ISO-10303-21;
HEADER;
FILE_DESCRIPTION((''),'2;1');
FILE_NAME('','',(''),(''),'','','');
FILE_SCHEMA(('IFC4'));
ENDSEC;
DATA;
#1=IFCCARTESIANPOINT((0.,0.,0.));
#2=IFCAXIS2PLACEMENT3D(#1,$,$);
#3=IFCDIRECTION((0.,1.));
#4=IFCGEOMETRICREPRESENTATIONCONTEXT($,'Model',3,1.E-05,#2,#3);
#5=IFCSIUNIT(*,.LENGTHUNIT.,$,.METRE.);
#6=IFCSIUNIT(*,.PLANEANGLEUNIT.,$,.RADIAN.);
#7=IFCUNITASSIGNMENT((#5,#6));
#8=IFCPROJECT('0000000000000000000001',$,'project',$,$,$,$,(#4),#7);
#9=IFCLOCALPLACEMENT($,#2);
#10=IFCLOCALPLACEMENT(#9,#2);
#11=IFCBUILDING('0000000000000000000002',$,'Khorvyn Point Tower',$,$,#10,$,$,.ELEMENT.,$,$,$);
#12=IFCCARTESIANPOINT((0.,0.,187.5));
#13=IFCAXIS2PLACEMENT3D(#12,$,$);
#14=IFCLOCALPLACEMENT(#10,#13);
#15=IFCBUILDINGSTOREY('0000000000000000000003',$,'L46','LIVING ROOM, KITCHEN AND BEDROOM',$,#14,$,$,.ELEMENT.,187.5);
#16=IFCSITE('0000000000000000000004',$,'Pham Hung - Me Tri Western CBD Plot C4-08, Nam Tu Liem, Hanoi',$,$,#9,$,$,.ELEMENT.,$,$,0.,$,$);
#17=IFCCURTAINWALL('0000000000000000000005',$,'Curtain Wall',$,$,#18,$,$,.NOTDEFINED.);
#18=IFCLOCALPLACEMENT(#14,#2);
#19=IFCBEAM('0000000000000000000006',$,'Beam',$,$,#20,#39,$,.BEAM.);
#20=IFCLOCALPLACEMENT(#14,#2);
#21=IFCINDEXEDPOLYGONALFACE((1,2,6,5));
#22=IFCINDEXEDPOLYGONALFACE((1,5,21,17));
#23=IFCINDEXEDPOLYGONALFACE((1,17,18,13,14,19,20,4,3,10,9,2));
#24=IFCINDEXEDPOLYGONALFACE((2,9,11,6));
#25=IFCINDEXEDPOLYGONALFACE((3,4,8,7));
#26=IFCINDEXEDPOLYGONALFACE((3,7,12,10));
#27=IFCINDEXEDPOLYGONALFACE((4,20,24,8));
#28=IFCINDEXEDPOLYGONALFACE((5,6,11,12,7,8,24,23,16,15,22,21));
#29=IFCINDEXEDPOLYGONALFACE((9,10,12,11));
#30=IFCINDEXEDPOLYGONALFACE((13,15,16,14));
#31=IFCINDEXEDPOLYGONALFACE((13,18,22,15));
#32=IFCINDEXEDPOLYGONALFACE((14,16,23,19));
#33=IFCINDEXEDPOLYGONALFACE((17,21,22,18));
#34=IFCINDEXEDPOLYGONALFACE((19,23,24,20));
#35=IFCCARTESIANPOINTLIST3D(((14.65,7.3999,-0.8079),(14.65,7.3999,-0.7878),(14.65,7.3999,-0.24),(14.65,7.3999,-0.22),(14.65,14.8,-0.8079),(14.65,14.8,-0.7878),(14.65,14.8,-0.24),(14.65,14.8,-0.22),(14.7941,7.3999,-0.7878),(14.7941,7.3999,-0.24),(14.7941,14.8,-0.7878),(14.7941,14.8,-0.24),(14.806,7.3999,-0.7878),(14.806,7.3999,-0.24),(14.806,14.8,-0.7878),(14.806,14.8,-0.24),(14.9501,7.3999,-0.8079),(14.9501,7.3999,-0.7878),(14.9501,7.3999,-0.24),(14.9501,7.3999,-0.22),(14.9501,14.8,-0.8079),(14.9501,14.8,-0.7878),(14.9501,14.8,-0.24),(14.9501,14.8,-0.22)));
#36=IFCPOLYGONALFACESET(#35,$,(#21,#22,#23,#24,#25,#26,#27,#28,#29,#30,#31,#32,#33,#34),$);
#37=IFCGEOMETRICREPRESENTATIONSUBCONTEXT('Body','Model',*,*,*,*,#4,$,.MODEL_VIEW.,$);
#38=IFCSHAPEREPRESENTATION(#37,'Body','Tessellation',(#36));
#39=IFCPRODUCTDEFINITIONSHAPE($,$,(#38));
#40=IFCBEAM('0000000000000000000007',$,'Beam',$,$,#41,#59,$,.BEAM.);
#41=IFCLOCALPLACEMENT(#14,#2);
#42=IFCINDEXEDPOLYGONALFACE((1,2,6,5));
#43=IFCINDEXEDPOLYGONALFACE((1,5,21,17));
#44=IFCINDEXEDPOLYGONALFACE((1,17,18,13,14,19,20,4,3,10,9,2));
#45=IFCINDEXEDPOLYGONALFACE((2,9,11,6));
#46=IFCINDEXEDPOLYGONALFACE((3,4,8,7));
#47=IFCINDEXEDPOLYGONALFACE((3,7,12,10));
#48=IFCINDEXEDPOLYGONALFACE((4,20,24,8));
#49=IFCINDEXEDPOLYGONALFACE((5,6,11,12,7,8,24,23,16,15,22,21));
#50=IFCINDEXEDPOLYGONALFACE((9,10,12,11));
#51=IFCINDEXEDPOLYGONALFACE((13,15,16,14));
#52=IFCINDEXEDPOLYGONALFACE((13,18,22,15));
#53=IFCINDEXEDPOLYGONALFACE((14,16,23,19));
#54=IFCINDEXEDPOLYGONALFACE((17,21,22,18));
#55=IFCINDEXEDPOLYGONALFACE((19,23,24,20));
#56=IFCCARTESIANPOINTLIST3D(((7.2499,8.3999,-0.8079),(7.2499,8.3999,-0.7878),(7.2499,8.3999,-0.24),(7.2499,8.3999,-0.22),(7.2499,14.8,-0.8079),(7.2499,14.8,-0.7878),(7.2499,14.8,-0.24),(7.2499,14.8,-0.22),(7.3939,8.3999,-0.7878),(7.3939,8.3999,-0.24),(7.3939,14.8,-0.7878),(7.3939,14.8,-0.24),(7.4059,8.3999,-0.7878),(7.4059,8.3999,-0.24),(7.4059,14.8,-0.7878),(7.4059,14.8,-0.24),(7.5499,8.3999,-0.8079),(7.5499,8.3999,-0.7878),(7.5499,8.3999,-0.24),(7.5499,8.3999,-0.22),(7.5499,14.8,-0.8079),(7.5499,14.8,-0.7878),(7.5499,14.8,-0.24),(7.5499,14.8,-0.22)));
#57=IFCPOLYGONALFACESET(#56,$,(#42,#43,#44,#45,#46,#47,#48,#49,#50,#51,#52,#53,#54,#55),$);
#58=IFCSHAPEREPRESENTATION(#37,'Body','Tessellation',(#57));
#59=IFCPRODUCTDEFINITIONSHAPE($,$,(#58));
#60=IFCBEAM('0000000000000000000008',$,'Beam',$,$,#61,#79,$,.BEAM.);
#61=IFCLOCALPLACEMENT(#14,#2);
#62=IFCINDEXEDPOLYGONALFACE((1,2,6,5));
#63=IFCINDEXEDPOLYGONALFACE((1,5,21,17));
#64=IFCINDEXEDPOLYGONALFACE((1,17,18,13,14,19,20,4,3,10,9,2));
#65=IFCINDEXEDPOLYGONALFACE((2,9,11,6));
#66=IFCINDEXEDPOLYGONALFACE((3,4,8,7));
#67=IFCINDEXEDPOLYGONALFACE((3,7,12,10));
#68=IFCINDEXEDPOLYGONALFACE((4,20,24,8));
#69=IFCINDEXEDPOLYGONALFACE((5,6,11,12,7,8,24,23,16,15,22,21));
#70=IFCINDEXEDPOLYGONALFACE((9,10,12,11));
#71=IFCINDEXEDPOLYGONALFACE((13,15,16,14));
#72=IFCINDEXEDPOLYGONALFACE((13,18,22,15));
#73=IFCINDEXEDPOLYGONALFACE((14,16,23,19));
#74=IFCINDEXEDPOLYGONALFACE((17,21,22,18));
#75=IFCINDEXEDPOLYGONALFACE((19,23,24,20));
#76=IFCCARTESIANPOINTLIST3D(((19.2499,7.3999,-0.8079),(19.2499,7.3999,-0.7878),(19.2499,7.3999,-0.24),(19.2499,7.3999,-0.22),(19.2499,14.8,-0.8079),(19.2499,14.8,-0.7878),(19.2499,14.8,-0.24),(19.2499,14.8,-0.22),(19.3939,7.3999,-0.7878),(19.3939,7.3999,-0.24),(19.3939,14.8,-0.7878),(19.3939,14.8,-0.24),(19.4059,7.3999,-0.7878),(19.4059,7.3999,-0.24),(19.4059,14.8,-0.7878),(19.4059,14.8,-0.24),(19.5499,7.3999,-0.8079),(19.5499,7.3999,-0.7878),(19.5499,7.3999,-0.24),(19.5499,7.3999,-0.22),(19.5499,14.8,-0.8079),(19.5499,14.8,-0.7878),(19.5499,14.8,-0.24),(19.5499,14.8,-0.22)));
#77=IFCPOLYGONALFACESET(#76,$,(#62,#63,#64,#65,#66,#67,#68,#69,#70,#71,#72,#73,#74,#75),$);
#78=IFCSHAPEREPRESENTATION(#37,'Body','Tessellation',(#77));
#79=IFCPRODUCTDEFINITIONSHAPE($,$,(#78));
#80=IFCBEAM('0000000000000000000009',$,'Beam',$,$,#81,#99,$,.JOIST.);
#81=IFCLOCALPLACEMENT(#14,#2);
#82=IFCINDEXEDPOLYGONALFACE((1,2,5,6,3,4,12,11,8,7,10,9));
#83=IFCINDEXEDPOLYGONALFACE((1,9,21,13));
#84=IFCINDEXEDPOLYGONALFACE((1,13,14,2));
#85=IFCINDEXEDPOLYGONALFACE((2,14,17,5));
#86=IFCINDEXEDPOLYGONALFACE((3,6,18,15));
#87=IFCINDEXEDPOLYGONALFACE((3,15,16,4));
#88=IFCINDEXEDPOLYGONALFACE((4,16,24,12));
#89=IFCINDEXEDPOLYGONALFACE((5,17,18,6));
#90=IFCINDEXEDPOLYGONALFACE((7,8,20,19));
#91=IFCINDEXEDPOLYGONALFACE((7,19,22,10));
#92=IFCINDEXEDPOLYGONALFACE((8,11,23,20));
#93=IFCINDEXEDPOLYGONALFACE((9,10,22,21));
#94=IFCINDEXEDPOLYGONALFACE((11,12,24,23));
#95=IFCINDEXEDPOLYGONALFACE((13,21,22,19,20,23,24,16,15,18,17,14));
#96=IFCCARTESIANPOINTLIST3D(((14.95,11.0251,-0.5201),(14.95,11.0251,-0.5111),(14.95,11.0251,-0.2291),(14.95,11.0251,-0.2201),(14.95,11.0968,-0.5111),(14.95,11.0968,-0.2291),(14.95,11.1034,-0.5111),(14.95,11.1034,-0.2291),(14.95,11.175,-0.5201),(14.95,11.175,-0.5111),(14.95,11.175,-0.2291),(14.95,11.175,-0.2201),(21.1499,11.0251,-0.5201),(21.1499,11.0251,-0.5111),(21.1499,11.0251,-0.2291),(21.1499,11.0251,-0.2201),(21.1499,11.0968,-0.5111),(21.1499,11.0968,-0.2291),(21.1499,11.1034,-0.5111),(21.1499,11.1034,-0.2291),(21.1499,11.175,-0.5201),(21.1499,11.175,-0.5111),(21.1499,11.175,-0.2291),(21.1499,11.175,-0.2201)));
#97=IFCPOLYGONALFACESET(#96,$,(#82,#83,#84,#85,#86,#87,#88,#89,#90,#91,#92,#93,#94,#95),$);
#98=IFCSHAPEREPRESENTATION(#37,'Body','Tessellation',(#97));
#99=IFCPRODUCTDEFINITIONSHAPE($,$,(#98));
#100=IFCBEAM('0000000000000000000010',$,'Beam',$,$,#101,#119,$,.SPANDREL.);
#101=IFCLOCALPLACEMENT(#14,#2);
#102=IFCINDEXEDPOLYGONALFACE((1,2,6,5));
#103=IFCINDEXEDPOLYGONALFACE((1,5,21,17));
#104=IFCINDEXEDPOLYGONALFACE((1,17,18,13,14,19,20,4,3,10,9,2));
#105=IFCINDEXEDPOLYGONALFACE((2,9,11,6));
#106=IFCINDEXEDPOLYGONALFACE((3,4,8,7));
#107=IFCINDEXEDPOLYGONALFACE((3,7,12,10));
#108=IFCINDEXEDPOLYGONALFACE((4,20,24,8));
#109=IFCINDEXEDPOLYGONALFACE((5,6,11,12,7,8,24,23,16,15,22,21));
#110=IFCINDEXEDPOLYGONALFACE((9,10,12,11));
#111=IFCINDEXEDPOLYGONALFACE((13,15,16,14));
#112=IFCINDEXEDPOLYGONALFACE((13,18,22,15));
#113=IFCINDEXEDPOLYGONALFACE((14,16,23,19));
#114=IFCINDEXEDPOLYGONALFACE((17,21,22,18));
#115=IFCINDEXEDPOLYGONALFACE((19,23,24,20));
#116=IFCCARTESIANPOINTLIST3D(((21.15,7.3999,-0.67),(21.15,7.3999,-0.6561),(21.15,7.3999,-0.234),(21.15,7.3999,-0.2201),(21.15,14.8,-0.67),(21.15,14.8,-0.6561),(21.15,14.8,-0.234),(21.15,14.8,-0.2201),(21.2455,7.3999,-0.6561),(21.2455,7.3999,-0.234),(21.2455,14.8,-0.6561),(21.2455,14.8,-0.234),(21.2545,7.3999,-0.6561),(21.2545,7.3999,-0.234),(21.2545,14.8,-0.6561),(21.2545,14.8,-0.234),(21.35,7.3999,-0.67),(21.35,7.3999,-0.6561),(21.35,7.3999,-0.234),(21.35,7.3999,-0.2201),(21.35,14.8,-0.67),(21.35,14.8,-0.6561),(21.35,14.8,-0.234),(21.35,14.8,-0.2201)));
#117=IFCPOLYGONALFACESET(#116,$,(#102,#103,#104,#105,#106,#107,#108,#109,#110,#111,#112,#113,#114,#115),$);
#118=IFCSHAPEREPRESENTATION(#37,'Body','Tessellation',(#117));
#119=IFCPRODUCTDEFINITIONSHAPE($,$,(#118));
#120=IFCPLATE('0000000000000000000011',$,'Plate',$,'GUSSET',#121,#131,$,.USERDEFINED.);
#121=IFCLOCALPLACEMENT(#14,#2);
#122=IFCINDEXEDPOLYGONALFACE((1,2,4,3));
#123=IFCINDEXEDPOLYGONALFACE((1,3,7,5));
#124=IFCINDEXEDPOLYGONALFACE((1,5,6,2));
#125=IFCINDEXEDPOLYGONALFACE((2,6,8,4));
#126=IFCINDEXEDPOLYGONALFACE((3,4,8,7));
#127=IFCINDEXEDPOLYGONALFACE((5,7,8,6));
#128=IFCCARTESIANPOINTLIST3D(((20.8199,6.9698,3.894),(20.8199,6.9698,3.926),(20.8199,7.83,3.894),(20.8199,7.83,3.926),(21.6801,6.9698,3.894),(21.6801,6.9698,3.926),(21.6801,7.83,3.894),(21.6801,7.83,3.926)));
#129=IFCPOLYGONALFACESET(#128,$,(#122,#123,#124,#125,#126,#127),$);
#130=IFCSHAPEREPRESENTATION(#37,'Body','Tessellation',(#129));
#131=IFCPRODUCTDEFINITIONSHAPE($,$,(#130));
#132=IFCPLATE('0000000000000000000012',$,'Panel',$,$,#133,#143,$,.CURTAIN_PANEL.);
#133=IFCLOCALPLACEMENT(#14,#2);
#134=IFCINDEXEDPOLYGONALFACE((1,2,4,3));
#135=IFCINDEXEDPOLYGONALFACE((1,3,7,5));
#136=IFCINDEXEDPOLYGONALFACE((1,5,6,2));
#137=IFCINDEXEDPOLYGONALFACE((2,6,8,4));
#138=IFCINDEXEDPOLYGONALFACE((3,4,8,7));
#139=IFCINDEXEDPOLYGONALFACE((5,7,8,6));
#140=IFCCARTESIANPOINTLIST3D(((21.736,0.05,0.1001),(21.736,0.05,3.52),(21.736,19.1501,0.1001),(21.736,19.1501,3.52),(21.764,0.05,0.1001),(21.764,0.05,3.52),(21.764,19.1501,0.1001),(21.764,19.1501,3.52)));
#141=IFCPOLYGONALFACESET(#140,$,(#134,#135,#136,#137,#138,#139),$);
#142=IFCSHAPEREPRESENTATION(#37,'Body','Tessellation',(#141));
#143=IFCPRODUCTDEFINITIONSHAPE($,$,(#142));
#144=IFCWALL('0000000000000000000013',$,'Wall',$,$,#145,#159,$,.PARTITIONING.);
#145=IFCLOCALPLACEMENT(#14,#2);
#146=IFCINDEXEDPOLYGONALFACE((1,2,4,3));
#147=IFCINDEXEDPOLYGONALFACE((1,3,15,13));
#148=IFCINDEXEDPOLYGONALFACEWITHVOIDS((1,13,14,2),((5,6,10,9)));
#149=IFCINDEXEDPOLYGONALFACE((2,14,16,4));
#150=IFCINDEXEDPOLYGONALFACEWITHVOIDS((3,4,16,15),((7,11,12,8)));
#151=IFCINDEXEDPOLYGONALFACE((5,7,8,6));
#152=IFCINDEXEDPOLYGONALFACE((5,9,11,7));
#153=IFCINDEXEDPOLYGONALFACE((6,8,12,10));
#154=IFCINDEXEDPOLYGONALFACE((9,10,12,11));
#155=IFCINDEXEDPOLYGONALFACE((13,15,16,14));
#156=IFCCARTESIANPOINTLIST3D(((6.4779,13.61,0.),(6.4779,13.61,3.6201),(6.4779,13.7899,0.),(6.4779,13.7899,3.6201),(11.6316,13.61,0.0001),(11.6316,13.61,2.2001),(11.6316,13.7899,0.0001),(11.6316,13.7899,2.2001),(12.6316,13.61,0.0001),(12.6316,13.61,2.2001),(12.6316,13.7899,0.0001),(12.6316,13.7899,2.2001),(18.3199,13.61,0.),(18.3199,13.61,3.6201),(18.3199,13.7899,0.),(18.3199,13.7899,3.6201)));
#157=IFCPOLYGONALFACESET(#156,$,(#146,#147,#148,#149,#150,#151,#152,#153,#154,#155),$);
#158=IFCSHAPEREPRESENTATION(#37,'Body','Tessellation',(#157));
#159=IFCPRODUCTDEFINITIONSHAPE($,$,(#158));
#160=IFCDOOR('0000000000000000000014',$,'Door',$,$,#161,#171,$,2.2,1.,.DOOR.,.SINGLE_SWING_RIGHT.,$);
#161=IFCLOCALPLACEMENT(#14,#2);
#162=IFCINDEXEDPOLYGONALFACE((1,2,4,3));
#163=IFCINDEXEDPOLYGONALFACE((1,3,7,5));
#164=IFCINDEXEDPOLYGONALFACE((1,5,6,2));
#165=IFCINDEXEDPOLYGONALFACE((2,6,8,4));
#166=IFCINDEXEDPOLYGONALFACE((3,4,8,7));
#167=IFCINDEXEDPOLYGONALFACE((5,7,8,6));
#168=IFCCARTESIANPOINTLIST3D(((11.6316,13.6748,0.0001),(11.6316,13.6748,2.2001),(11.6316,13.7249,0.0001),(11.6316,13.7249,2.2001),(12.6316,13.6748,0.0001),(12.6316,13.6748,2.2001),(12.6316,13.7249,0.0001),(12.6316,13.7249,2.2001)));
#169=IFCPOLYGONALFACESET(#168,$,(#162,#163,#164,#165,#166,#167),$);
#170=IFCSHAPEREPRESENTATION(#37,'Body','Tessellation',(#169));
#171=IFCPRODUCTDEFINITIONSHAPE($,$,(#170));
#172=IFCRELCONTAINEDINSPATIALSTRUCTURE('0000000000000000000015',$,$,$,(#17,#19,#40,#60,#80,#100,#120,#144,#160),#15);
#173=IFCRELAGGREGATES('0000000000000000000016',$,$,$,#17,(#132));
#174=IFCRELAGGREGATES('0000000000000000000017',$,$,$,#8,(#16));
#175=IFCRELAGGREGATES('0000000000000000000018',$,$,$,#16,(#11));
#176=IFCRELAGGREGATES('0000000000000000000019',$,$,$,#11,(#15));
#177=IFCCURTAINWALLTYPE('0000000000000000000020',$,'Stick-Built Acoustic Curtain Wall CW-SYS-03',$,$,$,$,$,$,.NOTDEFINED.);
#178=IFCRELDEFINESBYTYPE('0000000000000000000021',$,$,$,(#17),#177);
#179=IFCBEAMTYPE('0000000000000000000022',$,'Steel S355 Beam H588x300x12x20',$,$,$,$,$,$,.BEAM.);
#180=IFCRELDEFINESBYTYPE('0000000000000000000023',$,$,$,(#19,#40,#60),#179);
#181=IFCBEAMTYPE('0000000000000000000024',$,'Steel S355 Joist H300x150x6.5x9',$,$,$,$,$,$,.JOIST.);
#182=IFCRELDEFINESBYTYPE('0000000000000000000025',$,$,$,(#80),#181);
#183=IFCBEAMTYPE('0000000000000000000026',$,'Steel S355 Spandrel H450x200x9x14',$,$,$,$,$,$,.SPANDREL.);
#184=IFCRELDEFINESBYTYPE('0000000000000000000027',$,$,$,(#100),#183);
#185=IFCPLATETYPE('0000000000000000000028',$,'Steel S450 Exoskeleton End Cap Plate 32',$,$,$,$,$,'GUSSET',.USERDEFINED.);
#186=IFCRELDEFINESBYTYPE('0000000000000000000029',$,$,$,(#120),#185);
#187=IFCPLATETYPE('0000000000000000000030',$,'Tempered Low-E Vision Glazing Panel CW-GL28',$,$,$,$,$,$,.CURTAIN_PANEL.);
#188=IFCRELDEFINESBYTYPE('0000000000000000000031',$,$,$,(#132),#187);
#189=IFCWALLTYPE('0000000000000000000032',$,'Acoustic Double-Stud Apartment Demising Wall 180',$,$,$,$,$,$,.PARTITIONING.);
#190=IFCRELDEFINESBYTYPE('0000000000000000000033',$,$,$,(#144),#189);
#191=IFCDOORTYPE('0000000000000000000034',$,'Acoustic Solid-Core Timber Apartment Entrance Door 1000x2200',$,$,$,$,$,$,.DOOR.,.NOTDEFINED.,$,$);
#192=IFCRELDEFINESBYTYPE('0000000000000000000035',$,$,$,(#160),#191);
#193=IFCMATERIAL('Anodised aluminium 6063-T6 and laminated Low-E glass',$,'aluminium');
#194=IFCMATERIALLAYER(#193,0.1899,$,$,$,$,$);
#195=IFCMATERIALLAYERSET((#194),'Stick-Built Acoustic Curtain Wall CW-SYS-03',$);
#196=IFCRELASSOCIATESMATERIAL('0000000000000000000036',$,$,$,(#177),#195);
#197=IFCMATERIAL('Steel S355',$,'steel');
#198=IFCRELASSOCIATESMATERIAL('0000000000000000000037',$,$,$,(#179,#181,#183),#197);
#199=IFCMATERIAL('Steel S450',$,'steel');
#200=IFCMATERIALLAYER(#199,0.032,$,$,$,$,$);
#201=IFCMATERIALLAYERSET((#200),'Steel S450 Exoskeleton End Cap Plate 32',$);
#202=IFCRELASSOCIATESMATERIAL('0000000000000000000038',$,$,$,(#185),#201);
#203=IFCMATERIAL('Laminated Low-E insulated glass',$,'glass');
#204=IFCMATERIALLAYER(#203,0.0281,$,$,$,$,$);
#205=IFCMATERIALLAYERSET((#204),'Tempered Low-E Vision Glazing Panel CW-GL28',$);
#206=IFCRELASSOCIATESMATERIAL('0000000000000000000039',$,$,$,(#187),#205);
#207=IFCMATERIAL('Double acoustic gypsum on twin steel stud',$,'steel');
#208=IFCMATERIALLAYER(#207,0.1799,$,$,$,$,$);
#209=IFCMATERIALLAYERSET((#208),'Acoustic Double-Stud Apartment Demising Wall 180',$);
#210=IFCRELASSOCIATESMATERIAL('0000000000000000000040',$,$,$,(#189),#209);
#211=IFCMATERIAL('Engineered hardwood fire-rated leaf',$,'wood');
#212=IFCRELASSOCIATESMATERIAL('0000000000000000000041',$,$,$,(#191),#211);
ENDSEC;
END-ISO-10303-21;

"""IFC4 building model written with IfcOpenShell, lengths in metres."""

from ifc_helpers import new_model, si_unit, direction, frame, frame_2d, origin, origin_2d, place, context, subcontext, project, spatial, rectangle, i_section, extrude, material, layer, layer_set, material_profile, profile_set, type_object, element, fill, aggregate, save


model = new_model("IFC4")

# Units and contexts
model_context = context("Model", 3, precision=1e-05, world=origin(), true_north=direction((0.0, 1.0)))
body_context = subcontext(model_context, "Body", "Model", "MODEL_VIEW")
ifc_project = project(units=[si_unit("LENGTHUNIT", "METRE"), si_unit("PLANEANGLEUNIT", "RADIAN")], contexts=[model_context])

# Site, building, storey
site_placement = place(None, origin())
site = spatial("IfcSite", under=ifc_project, at=site_placement, Name="Pham Hung - Me Tri Western CBD Plot C4-08, Nam Tu Liem, Hanoi", CompositionType="ELEMENT", RefElevation=0.0)
building_placement = place(site_placement, origin())
building = spatial("IfcBuilding", under=site, at=building_placement, Name="Khorvyn Point Tower", CompositionType="ELEMENT")
storey_placement = place(building_placement, frame((0.0, 0.0, 187.5)))
storey = spatial("IfcBuildingStorey", under=building, at=storey_placement, Name="L46", Description="LIVING ROOM, KITCHEN AND BEDROOM", CompositionType="ELEMENT", Elevation=187.5)

# Shared definitions
ifc_material_1 = material(Name="Steel S450", Category="steel")

# Curtain wall
ifc_material_2 = material(Name="Anodised aluminium 6063-T6 and laminated Low-E glass", Category="aluminium")
ifc_layer_1 = layer(ifc_material_2, 0.1899)
ifc_layer_set_1 = layer_set([ifc_layer_1], Name="Stick-Built Acoustic Curtain Wall CW-SYS-03")
curtain_wall_type = type_object("IfcCurtainWallType", Name="Stick-Built Acoustic Curtain Wall CW-SYS-03", PredefinedType="NOTDEFINED", material=ifc_layer_set_1)
curtain_wall_placement = place(storey_placement, origin())
curtain_wall = element("IfcCurtainWall", 1, at=curtain_wall_placement, inside=storey, type_object=curtain_wall_type, Name="Curtain Wall", PredefinedType="NOTDEFINED")

# Beams
ifc_material_3 = material(Name="Steel S355", Category="steel")
ifc_material_profile_1 = material_profile(ifc_material_3, i_section(OverallWidth=0.3, OverallDepth=0.5879, WebThickness=0.012, FlangeThickness=0.02, at=origin_2d()))
ifc_profile_set_1 = profile_set([ifc_material_profile_1], Name="Steel S355 H588x300x12x20")
beam_type_1 = type_object("IfcBeamType", Name="Steel S355 Beam H588x300x12x20", PredefinedType="BEAM", material=ifc_profile_set_1)
beam_1_placement = place(storey_placement, frame((14.8, 7.3999, -0.5139), z_axis=(0.0, 1.0, 0.0), x_axis=(-1.0, 0.0, 0.0)))
element("IfcBeam", 2, at=beam_1_placement, inside=storey, type_object=beam_type_1, Name="Beam", PredefinedType="BEAM", context=body_context, shape_type="SweptSolid", body=[
    extrude(i_section(OverallWidth=0.3, OverallDepth=0.5879, WebThickness=0.012, FlangeThickness=0.02, at=origin_2d()), origin(), (0.0, 0.0, 1.0), 7.4001),
])
beam_2_placement = place(storey_placement, frame((7.3999, 8.3999, -0.5139), z_axis=(0.0, 1.0, 0.0), x_axis=(-1.0, 0.0, 0.0)))
element("IfcBeam", 3, at=beam_2_placement, inside=storey, type_object=beam_type_1, Name="Beam", PredefinedType="BEAM", context=body_context, shape_type="SweptSolid", body=[
    extrude(i_section(OverallWidth=0.3, OverallDepth=0.5879, WebThickness=0.012, FlangeThickness=0.02, at=origin_2d()), origin(), (0.0, 0.0, 1.0), 6.4001),
])
beam_3_placement = place(storey_placement, frame((19.3999, 7.3999, -0.5139), z_axis=(0.0, 1.0, 0.0), x_axis=(-1.0, 0.0, 0.0)))
element("IfcBeam", 4, at=beam_3_placement, inside=storey, type_object=beam_type_1, Name="Beam", PredefinedType="BEAM", context=body_context, shape_type="SweptSolid", body=[
    extrude(i_section(OverallWidth=0.3, OverallDepth=0.5879, WebThickness=0.012, FlangeThickness=0.02, at=origin_2d()), origin(), (0.0, 0.0, 1.0), 7.4001),
])
ifc_material_profile_2 = material_profile(ifc_material_3, i_section(OverallWidth=0.1499, OverallDepth=0.3, WebThickness=0.0066, FlangeThickness=0.009, at=origin_2d()))
ifc_profile_set_2 = profile_set([ifc_material_profile_2], Name="Steel S355 H300x150x6.5x9")
beam_type_2 = type_object("IfcBeamType", Name="Steel S355 Joist H300x150x6.5x9", PredefinedType="JOIST", material=ifc_profile_set_2)
beam_4_placement = place(storey_placement, frame((14.95, 11.1001, -0.3701), z_axis=(1.0, 0.0, 0.0), x_axis=(0.0, 1.0, 0.0)))
element("IfcBeam", 5, at=beam_4_placement, inside=storey, type_object=beam_type_2, Name="Beam", PredefinedType="JOIST", context=body_context, shape_type="SweptSolid", body=[
    extrude(i_section(OverallWidth=0.1499, OverallDepth=0.3, WebThickness=0.0066, FlangeThickness=0.009, at=origin_2d()), origin(), (0.0, 0.0, 1.0), 6.2),
])
ifc_material_profile_3 = material_profile(ifc_material_3, i_section(OverallWidth=0.2, OverallDepth=0.45, WebThickness=0.009, FlangeThickness=0.0139, at=origin_2d()))
ifc_profile_set_3 = profile_set([ifc_material_profile_3], Name="Steel S355 H450x200x9x14")
beam_type_3 = type_object("IfcBeamType", Name="Steel S355 Spandrel H450x200x9x14", PredefinedType="SPANDREL", material=ifc_profile_set_3)
beam_5_placement = place(storey_placement, frame((21.25, 7.3999, -0.4451), z_axis=(0.0, 1.0, 0.0), x_axis=(-1.0, 0.0, 0.0)))
element("IfcBeam", 6, at=beam_5_placement, inside=storey, type_object=beam_type_3, Name="Beam", PredefinedType="SPANDREL", context=body_context, shape_type="SweptSolid", body=[
    extrude(i_section(OverallWidth=0.2, OverallDepth=0.45, WebThickness=0.009, FlangeThickness=0.0139, at=origin_2d()), origin(), (0.0, 0.0, 1.0), 7.4001),
])

# Plates
ifc_layer_2 = layer(ifc_material_1, 0.032)
ifc_layer_set_2 = layer_set([ifc_layer_2], Name="Steel S450 Exoskeleton End Cap Plate 32")
plate_type_1 = type_object("IfcPlateType", Name="Steel S450 Exoskeleton End Cap Plate 32", ElementType="GUSSET", PredefinedType="USERDEFINED", material=ifc_layer_set_2)
plate_1_placement = place(storey_placement, frame((21.25, 7.3999, 3.894), z_axis=(0.0, 0.0, 1.0), x_axis=(1.0, 0.0, 0.0)))
element("IfcPlate", 7, at=plate_1_placement, inside=storey, type_object=plate_type_1, Name="Plate", ObjectType="GUSSET", PredefinedType="USERDEFINED", context=body_context, shape_type="SweptSolid", body=[
    extrude(rectangle(XDim=0.8601, YDim=0.8601, at=origin_2d()), origin(), (0.0, 0.0, 1.0), 0.032),
])
ifc_material_4 = material(Name="Laminated Low-E insulated glass", Category="glass")
ifc_layer_3 = layer(ifc_material_4, 0.0281)
ifc_layer_set_3 = layer_set([ifc_layer_3], Name="Tempered Low-E Vision Glazing Panel CW-GL28")
plate_type_2 = type_object("IfcPlateType", Name="Tempered Low-E Vision Glazing Panel CW-GL28", PredefinedType="CURTAIN_PANEL", material=ifc_layer_set_3)
plate_2_placement = place(storey_placement, frame((21.75, 9.6001, 0.1001), z_axis=(0.0, 0.0, 1.0), x_axis=(0.0, -1.0, 0.0)))
plate_2 = element("IfcPlate", 8, at=plate_2_placement, type_object=plate_type_2, Name="Panel", PredefinedType="CURTAIN_PANEL", context=body_context, shape_type="SweptSolid", body=[
    extrude(rectangle(XDim=19.1001, YDim=0.0281, at=origin_2d()), origin(), (0.0, 0.0, 1.0), 3.4199),
])
aggregate(curtain_wall, [plate_2])

# Wall, opening, door
ifc_material_5 = material(Name="Double acoustic gypsum on twin steel stud", Category="steel")
ifc_layer_4 = layer(ifc_material_5, 0.1799)
ifc_layer_set_4 = layer_set([ifc_layer_4], Name="Acoustic Double-Stud Apartment Demising Wall 180")
wall_type_1 = type_object("IfcWallType", Name="Acoustic Double-Stud Apartment Demising Wall 180", PredefinedType="PARTITIONING", material=ifc_layer_set_4)
wall_1_placement = place(storey_placement, frame((6.478, 13.7, 0.0), z_axis=(0.0, 0.0, 1.0), x_axis=(1.0, 0.0, 0.0)))
wall_1 = element("IfcWall", 9, at=wall_1_placement, inside=storey, type_object=wall_type_1, Name="Wall", PredefinedType="PARTITIONING", context=body_context, shape_type="SweptSolid", body=[
    extrude(rectangle(XDim=11.842, YDim=0.1799, at=frame_2d((5.9209, 0.0))), origin(), (0.0, 0.0, 1.0), 3.6201),
])
opening_1_placement = place(wall_1_placement, frame((5.1536, 0.0, 0.0)))
opening_1 = element("IfcOpeningElement", 10, at=opening_1_placement, cuts=wall_1, PredefinedType="OPENING", context=body_context, shape_type="SweptSolid", body=[
    extrude(rectangle(XDim=1.0, YDim=2.2, at=frame_2d((0.5, 1.1001))), frame((0.0, 0.0999, 0.0), z_axis=(0.0, -1.0, 0.0), x_axis=(1.0, 0.0, 0.0)), (0.0, 0.0, 1.0), 0.2),
])
ifc_material_6 = material(Name="Engineered hardwood fire-rated leaf", Category="wood")
door_type_1 = type_object("IfcDoorType", Name="Acoustic Solid-Core Timber Apartment Entrance Door 1000x2200", OperationType="NOTDEFINED", PredefinedType="DOOR", material=ifc_material_6)
door_1_placement = place(opening_1_placement, origin())
door_1 = element("IfcDoor", 11, at=door_1_placement, inside=storey, type_object=door_type_1, Name="Door", OperationType="SINGLE_SWING_RIGHT", OverallHeight=2.2, OverallWidth=1.0, PredefinedType="DOOR", context=body_context, shape_type="SweptSolid", body=[
    extrude(rectangle(XDim=1.0, YDim=2.2, at=frame_2d((0.5, 1.1001))), frame((0.0, 0.0249, 0.0), z_axis=(0.0, -1.0, 0.0), x_axis=(1.0, 0.0, 0.0)), (0.0, 0.0, 1.0), 0.05),
])
fill(opening_1, door_1)

save(model, "model.ifc")
